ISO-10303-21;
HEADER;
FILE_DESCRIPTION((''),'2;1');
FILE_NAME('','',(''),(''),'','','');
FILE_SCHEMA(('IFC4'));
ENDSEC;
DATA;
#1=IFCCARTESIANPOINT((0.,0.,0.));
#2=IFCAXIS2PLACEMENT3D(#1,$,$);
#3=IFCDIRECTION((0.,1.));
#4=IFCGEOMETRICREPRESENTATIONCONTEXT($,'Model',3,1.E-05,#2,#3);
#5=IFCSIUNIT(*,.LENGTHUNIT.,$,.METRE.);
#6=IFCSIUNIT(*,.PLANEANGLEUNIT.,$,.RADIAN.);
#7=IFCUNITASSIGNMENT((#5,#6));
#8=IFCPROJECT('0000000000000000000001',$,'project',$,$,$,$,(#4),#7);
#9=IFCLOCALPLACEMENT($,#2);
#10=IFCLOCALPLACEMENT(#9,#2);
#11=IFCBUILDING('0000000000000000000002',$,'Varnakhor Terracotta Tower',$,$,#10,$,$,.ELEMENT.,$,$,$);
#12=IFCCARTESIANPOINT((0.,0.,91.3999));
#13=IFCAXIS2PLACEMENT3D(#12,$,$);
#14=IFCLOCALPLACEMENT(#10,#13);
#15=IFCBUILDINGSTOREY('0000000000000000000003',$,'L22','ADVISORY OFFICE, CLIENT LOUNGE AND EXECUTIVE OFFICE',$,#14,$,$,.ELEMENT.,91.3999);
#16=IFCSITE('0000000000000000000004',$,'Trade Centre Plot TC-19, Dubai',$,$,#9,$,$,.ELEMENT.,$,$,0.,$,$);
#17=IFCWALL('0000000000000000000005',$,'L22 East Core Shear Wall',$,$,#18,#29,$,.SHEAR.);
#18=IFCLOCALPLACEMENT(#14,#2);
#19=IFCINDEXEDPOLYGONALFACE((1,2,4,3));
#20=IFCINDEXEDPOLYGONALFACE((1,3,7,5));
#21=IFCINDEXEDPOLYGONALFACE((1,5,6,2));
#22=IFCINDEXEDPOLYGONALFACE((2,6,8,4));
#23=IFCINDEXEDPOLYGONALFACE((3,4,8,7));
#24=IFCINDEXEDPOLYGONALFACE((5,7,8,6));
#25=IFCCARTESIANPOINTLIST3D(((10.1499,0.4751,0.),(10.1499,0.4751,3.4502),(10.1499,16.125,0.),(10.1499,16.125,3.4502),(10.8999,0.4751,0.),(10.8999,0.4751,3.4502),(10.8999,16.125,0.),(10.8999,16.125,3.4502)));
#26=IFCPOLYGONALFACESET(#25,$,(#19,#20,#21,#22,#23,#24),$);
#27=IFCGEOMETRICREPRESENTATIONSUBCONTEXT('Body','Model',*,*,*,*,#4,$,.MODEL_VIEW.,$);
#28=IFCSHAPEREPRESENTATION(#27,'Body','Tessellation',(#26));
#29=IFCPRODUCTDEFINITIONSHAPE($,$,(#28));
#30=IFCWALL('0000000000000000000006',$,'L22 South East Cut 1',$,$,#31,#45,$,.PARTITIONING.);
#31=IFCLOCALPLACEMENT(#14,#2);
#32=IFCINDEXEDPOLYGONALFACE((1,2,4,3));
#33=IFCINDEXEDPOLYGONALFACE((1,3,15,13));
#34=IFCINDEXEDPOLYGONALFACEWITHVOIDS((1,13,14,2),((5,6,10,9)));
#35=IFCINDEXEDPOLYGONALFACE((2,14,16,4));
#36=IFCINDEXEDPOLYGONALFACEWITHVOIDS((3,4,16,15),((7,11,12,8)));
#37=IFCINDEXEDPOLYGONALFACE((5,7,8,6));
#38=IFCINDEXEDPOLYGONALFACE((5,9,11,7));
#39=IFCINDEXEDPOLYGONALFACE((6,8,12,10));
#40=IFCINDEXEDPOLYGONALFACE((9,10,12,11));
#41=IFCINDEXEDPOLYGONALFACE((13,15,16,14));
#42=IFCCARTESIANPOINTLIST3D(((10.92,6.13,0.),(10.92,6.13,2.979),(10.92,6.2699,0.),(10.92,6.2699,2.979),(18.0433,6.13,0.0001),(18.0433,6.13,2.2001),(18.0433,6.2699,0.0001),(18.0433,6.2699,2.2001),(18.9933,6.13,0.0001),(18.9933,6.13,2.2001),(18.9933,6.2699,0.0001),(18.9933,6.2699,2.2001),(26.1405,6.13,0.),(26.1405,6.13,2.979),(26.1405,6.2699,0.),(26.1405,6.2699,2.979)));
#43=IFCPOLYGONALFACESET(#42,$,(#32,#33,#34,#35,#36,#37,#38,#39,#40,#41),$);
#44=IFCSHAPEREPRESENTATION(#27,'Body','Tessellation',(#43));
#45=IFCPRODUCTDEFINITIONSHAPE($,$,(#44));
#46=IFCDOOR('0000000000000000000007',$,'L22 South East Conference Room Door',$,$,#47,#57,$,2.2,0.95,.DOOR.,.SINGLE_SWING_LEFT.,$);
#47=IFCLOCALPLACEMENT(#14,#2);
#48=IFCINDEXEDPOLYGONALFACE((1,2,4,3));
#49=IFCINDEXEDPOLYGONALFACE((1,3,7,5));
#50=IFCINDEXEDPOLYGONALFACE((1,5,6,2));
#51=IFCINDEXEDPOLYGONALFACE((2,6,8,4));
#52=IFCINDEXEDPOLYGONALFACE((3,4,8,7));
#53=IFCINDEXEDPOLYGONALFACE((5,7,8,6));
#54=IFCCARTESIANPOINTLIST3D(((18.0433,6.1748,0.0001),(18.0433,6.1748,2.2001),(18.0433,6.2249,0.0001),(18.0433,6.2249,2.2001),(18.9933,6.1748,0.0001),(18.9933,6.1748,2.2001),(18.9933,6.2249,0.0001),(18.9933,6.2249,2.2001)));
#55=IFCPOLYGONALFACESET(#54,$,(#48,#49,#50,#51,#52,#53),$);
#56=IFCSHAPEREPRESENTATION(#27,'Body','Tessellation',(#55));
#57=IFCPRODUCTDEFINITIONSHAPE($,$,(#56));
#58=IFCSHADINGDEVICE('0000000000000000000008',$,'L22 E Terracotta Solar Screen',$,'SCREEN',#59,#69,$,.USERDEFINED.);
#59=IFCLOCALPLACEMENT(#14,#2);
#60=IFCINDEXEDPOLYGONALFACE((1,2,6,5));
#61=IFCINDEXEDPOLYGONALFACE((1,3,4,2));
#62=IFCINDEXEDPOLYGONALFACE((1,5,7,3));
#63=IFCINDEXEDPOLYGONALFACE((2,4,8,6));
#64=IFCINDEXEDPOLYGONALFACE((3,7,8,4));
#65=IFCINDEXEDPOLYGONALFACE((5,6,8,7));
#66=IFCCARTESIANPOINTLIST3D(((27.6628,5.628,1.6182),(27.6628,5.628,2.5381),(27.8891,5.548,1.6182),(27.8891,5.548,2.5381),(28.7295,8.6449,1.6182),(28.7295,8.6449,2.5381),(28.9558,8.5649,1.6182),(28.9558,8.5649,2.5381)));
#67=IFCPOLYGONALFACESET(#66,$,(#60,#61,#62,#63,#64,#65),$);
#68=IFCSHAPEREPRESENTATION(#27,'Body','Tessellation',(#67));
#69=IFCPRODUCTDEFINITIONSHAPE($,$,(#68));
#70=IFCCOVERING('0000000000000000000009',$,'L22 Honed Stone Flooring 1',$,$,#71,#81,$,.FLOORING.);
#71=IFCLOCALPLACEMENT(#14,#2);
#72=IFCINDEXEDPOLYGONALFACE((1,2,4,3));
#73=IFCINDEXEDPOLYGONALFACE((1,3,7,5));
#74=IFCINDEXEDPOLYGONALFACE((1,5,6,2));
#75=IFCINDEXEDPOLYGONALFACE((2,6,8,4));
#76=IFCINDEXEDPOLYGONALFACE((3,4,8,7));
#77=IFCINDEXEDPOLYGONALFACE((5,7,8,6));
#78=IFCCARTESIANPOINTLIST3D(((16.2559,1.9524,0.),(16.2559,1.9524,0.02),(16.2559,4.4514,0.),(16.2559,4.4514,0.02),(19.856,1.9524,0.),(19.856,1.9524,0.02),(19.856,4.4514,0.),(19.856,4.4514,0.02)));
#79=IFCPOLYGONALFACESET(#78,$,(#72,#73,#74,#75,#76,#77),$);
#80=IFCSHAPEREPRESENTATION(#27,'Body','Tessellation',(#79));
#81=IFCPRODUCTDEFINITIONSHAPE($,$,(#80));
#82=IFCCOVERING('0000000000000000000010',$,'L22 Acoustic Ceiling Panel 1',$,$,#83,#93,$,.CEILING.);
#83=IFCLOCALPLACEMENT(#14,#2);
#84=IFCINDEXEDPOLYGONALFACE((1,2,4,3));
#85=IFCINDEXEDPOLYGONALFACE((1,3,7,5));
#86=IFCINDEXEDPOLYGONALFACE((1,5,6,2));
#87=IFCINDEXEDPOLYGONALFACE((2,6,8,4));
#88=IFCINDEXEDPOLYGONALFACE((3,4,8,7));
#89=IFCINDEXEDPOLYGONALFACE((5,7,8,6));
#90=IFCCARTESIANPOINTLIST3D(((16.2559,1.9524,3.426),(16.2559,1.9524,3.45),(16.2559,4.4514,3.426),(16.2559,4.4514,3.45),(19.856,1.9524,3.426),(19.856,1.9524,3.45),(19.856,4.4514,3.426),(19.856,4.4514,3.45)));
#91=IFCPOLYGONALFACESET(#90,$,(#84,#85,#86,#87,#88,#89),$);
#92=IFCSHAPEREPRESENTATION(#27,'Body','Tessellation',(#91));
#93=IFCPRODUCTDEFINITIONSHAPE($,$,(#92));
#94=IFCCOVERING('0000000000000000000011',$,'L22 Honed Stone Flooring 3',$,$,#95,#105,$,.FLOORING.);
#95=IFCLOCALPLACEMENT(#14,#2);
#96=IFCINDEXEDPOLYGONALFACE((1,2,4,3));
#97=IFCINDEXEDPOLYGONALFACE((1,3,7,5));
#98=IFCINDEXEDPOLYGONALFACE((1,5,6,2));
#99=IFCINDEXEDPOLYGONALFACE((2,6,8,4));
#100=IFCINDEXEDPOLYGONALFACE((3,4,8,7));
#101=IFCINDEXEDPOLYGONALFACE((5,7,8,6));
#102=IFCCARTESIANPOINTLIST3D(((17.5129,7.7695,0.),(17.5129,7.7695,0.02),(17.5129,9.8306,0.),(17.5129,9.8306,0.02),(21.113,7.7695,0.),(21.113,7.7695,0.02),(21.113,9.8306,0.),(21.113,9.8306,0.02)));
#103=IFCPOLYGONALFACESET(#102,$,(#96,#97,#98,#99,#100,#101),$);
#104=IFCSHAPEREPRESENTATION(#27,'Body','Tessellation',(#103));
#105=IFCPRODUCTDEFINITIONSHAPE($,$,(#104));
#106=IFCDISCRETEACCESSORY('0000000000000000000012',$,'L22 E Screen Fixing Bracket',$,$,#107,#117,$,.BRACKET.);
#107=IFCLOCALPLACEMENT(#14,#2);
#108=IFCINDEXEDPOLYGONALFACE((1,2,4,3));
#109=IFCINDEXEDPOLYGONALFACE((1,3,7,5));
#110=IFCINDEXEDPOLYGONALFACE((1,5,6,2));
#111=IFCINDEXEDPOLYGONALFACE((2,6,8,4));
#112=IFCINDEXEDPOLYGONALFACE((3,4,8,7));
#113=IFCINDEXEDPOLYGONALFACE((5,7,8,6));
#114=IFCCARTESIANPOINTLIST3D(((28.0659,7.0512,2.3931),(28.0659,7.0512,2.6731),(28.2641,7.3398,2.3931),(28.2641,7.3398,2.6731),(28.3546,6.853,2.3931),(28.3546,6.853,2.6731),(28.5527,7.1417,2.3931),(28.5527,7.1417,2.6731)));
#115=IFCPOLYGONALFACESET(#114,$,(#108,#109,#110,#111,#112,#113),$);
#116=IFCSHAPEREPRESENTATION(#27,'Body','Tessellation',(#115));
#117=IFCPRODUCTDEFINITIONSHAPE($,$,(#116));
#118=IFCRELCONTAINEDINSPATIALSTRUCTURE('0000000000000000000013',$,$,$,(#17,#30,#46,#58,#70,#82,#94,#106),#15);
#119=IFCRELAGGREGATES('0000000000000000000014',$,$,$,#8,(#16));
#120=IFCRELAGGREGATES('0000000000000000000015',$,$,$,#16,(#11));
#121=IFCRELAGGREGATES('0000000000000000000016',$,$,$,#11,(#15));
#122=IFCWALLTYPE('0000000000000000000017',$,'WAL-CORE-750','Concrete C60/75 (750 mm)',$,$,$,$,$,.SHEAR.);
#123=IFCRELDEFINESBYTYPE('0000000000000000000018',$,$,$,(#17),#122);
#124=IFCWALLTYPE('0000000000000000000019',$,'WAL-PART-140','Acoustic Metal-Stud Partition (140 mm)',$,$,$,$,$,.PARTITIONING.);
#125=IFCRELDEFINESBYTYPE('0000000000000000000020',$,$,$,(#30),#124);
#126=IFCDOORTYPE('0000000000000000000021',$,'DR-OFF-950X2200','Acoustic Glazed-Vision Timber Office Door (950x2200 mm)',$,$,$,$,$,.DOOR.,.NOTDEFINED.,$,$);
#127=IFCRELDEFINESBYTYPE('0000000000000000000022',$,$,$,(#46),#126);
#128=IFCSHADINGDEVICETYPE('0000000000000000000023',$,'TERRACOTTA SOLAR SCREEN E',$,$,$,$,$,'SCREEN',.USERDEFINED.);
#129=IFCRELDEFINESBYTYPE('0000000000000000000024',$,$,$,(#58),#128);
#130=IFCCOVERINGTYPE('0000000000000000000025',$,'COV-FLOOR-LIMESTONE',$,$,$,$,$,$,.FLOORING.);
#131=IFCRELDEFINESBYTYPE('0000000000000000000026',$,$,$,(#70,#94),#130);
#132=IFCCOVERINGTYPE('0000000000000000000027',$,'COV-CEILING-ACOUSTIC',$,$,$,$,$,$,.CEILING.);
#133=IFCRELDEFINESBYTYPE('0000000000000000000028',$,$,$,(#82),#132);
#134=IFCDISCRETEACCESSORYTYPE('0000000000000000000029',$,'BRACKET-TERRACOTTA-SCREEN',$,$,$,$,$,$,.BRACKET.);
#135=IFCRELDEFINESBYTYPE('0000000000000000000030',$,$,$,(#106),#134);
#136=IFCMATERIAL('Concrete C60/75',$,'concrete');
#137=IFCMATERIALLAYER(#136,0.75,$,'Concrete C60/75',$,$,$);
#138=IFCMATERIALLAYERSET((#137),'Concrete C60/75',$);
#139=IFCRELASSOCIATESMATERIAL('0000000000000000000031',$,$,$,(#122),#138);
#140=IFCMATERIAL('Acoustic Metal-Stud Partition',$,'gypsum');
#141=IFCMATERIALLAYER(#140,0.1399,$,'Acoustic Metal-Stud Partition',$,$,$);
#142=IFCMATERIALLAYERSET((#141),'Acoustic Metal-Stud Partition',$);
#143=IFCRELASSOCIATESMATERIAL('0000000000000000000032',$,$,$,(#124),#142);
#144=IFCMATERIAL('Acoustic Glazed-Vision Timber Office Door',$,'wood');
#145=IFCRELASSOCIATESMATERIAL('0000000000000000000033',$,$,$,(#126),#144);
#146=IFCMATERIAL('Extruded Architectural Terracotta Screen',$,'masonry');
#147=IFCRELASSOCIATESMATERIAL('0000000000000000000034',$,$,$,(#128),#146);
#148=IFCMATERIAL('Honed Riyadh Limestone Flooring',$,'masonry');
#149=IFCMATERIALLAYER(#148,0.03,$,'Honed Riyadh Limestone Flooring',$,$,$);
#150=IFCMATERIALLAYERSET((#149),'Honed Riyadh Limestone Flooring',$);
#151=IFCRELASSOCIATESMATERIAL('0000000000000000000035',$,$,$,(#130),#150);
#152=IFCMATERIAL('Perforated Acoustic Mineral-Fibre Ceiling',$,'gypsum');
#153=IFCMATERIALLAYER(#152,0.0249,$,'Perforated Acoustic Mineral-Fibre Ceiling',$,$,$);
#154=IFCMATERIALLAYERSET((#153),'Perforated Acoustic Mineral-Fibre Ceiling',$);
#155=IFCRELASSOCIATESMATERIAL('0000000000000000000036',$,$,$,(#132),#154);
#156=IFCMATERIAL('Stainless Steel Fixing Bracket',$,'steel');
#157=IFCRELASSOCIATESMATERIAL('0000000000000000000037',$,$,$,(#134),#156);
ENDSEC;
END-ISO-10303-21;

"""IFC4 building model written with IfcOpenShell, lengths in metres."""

from ifc_helpers import new_model, si_unit, direction, frame, frame_2d, origin, origin_2d, place, context, subcontext, project, spatial, rectangle, extrude, source, transform, mapped, material, layer, layer_set, type_object, type_shapes, element, fill, save


model = new_model("IFC4")

# Units and contexts
model_context = context("Model", 3, precision=1e-05, world=origin(), true_north=direction((0.0, 1.0)))
body_context = subcontext(model_context, "Body", "Model", "MODEL_VIEW")
ifc_project = project(units=[si_unit("LENGTHUNIT", "METRE"), si_unit("PLANEANGLEUNIT", "RADIAN")], contexts=[model_context])

# Site, building, storey
site_placement = place(None, origin())
site = spatial("IfcSite", under=ifc_project, at=site_placement, Name="Trade Centre Plot TC-19, Dubai", CompositionType="ELEMENT", RefElevation=0.0)
building_placement = place(site_placement, origin())
building = spatial("IfcBuilding", under=site, at=building_placement, Name="Varnakhor Terracotta Tower", CompositionType="ELEMENT")
storey_placement = place(building_placement, frame((0.0, 0.0, 91.3999)))
storey = spatial("IfcBuildingStorey", under=building, at=storey_placement, Name="L22", Description="ADVISORY OFFICE, CLIENT LOUNGE AND EXECUTIVE OFFICE", CompositionType="ELEMENT", Elevation=91.3999)

# Wall
ifc_material_1 = material(Name="Concrete C60/75", Category="concrete")
ifc_layer_1 = layer(ifc_material_1, 0.75, Name="Concrete C60/75")
ifc_layer_set_1 = layer_set([ifc_layer_1], Name="Concrete C60/75")
wall_type_1 = type_object("IfcWallType", Name="WAL-CORE-750", Description="Concrete C60/75 (750 mm)", PredefinedType="SHEAR", material=ifc_layer_set_1)
wall_1_placement = place(storey_placement, frame((10.5249, 0.4751, 0.0), z_axis=(0.0, 0.0, 1.0), x_axis=(0.0, 1.0, 0.0)))
element("IfcWall", 1, at=wall_1_placement, inside=storey, type_object=wall_type_1, Name="L22 East Core Shear Wall", PredefinedType="SHEAR", context=body_context, shape_type="SweptSolid", body=[
    extrude(rectangle(XDim=15.6499, YDim=0.75, at=frame_2d((7.825, 0.0))), origin(), (0.0, 0.0, 1.0), 3.4502),
])

# Wall, opening, door
ifc_material_2 = material(Name="Acoustic Metal-Stud Partition", Category="gypsum")
ifc_layer_2 = layer(ifc_material_2, 0.1399, Name="Acoustic Metal-Stud Partition")
ifc_layer_set_2 = layer_set([ifc_layer_2], Name="Acoustic Metal-Stud Partition")
wall_type_2 = type_object("IfcWallType", Name="WAL-PART-140", Description="Acoustic Metal-Stud Partition (140 mm)", PredefinedType="PARTITIONING", material=ifc_layer_set_2)
wall_2_placement = place(storey_placement, frame((10.9199, 6.2, 0.0), z_axis=(0.0, 0.0, 1.0), x_axis=(1.0, 0.0, 0.0)))
wall_2 = element("IfcWall", 2, at=wall_2_placement, inside=storey, type_object=wall_type_2, Name="L22 South East Cut 1", PredefinedType="PARTITIONING", context=body_context, shape_type="SweptSolid", body=[
    extrude(rectangle(XDim=15.2205, YDim=0.1399, at=frame_2d((7.6104, 0.0))), origin(), (0.0, 0.0, 1.0), 2.979),
])
opening_placement = place(wall_2_placement, frame((7.1233, 0.0, 0.0)))
opening = element("IfcOpeningElement", 3, at=opening_placement, cuts=wall_2, PredefinedType="OPENING", context=body_context, shape_type="SweptSolid", body=[
    extrude(rectangle(XDim=0.95, YDim=2.2, at=frame_2d((0.4751, 1.1001))), frame((0.0, 0.0801, 0.0), z_axis=(0.0, -1.0, 0.0), x_axis=(1.0, 0.0, 0.0)), (0.0, 0.0, 1.0), 0.1599),
])
ifc_material_3 = material(Name="Acoustic Glazed-Vision Timber Office Door", Category="wood")
door_type = type_object("IfcDoorType", Name="DR-OFF-950X2200", Description="Acoustic Glazed-Vision Timber Office Door (950x2200 mm)", OperationType="NOTDEFINED", PredefinedType="DOOR", material=ifc_material_3)
shared_shape_1 = source(origin(), body_context, "Body", "SweptSolid", [
    extrude(rectangle(XDim=0.95, YDim=2.2, at=frame_2d((0.4751, 1.1001))), frame((0.0, 0.0249, 0.0), z_axis=(0.0, -1.0, 0.0), x_axis=(1.0, 0.0, 0.0)), (0.0, 0.0, 1.0), 0.05),
])
type_shapes(door_type, [shared_shape_1])
door_placement = place(opening_placement, origin())
door = element("IfcDoor", 4, at=door_placement, inside=storey, type_object=door_type, Name="L22 South East Conference Room Door", OperationType="SINGLE_SWING_LEFT", OverallHeight=2.2, OverallWidth=0.95, PredefinedType="DOOR", context=body_context, shape_type="MappedRepresentation", body=[
    mapped(shared_shape_1, transform((0.0, 0.0, 0.0), scale=1.0)),
])
fill(opening, door)

# Shading device
ifc_material_4 = material(Name="Extruded Architectural Terracotta Screen", Category="masonry")
shading_device_type = type_object("IfcShadingDeviceType", Name="TERRACOTTA SOLAR SCREEN E", ElementType="SCREEN", PredefinedType="USERDEFINED", material=ifc_material_4)
shared_shape_2 = source(origin(), body_context, "Body", "SweptSolid", [
    extrude(rectangle(XDim=3.2, YDim=0.24, at=origin_2d()), origin(), (0.0, 0.0, 1.0), 0.9199),
])
type_shapes(shading_device_type, [shared_shape_2])
shading_device_placement = place(storey_placement, frame((28.3093, 7.0964, 1.6182), z_axis=(0.0, 0.0, 1.0), x_axis=(0.333346, 0.942805, 0.0)))
element("IfcShadingDevice", 5, at=shading_device_placement, inside=storey, type_object=shading_device_type, Name="L22 E Terracotta Solar Screen", ObjectType="SCREEN", PredefinedType="USERDEFINED", context=body_context, shape_type="MappedRepresentation", body=[
    mapped(shared_shape_2, transform((0.0, 0.0, 0.0), scale=1.0)),
])

# Coverings
ifc_material_5 = material(Name="Honed Riyadh Limestone Flooring", Category="masonry")
ifc_layer_3 = layer(ifc_material_5, 0.03, Name="Honed Riyadh Limestone Flooring")
ifc_layer_set_3 = layer_set([ifc_layer_3], Name="Honed Riyadh Limestone Flooring")
covering_type_1 = type_object("IfcCoveringType", Name="COV-FLOOR-LIMESTONE", PredefinedType="FLOORING", material=ifc_layer_set_3)
shared_shape_3 = source(origin(), body_context, "Body", "SweptSolid", [
    extrude(rectangle(XDim=3.6001, YDim=2.499, at=origin_2d()), origin(), (0.0, 0.0, 1.0), 0.02),
])
covering_1_placement = place(storey_placement, frame((18.0559, 3.2019, 0.0), z_axis=(0.0, 0.0, 1.0), x_axis=(1.0, 0.0, 0.0)))
element("IfcCovering", 6, at=covering_1_placement, inside=storey, type_object=covering_type_1, Name="L22 Honed Stone Flooring 1", PredefinedType="FLOORING", context=body_context, shape_type="MappedRepresentation", body=[
    mapped(shared_shape_3, transform((0.0, 0.0, 0.0), scale=1.0)),
])
ifc_material_6 = material(Name="Perforated Acoustic Mineral-Fibre Ceiling", Category="gypsum")
ifc_layer_4 = layer(ifc_material_6, 0.0249, Name="Perforated Acoustic Mineral-Fibre Ceiling")
ifc_layer_set_4 = layer_set([ifc_layer_4], Name="Perforated Acoustic Mineral-Fibre Ceiling")
covering_type_2 = type_object("IfcCoveringType", Name="COV-CEILING-ACOUSTIC", PredefinedType="CEILING", material=ifc_layer_set_4)
shared_shape_4 = source(origin(), body_context, "Body", "SweptSolid", [
    extrude(rectangle(XDim=3.6001, YDim=2.499, at=origin_2d()), origin(), (0.0, 0.0, 1.0), 0.0239),
])
covering_2_placement = place(storey_placement, frame((18.0559, 3.2019, 3.426), z_axis=(0.0, 0.0, 1.0), x_axis=(1.0, 0.0, 0.0)))
element("IfcCovering", 7, at=covering_2_placement, inside=storey, type_object=covering_type_2, Name="L22 Acoustic Ceiling Panel 1", PredefinedType="CEILING", context=body_context, shape_type="MappedRepresentation", body=[
    mapped(shared_shape_4, transform((0.0, 0.0, 0.0), scale=1.0)),
])
shared_shape_5 = source(origin(), body_context, "Body", "SweptSolid", [
    extrude(rectangle(XDim=3.6001, YDim=2.061, at=origin_2d()), origin(), (0.0, 0.0, 1.0), 0.02),
])
covering_3_placement = place(storey_placement, frame((19.313, 8.8, 0.0), z_axis=(0.0, 0.0, 1.0), x_axis=(1.0, 0.0, 0.0)))
element("IfcCovering", 8, at=covering_3_placement, inside=storey, type_object=covering_type_1, Name="L22 Honed Stone Flooring 3", PredefinedType="FLOORING", context=body_context, shape_type="MappedRepresentation", body=[
    mapped(shared_shape_5, transform((0.0, 0.0, 0.0), scale=1.0)),
])

# Discrete accessory
ifc_material_7 = material(Name="Stainless Steel Fixing Bracket", Category="steel")
discrete_accessory_type = type_object("IfcDiscreteAccessoryType", Name="BRACKET-TERRACOTTA-SCREEN", PredefinedType="BRACKET", material=ifc_material_7)
shared_shape_6 = source(origin(), body_context, "Body", "SweptSolid", [
    extrude(rectangle(XDim=0.3501, YDim=0.3501, at=origin_2d()), origin(), (0.0, 0.0, 1.0), 0.28),
])
type_shapes(discrete_accessory_type, [shared_shape_6])
discrete_accessory_placement = place(storey_placement, frame((28.3093, 7.0964, 2.3931), z_axis=(0.0, 0.0, 1.0), x_axis=(0.566003, 0.824403, 0.0)))
element("IfcDiscreteAccessory", 9, at=discrete_accessory_placement, inside=storey, type_object=discrete_accessory_type, Name="L22 E Screen Fixing Bracket", PredefinedType="BRACKET", context=body_context, shape_type="MappedRepresentation", body=[
    mapped(shared_shape_6, transform((0.0, 0.0, 0.0), scale=1.0)),
])

save(model, "model.ifc")
